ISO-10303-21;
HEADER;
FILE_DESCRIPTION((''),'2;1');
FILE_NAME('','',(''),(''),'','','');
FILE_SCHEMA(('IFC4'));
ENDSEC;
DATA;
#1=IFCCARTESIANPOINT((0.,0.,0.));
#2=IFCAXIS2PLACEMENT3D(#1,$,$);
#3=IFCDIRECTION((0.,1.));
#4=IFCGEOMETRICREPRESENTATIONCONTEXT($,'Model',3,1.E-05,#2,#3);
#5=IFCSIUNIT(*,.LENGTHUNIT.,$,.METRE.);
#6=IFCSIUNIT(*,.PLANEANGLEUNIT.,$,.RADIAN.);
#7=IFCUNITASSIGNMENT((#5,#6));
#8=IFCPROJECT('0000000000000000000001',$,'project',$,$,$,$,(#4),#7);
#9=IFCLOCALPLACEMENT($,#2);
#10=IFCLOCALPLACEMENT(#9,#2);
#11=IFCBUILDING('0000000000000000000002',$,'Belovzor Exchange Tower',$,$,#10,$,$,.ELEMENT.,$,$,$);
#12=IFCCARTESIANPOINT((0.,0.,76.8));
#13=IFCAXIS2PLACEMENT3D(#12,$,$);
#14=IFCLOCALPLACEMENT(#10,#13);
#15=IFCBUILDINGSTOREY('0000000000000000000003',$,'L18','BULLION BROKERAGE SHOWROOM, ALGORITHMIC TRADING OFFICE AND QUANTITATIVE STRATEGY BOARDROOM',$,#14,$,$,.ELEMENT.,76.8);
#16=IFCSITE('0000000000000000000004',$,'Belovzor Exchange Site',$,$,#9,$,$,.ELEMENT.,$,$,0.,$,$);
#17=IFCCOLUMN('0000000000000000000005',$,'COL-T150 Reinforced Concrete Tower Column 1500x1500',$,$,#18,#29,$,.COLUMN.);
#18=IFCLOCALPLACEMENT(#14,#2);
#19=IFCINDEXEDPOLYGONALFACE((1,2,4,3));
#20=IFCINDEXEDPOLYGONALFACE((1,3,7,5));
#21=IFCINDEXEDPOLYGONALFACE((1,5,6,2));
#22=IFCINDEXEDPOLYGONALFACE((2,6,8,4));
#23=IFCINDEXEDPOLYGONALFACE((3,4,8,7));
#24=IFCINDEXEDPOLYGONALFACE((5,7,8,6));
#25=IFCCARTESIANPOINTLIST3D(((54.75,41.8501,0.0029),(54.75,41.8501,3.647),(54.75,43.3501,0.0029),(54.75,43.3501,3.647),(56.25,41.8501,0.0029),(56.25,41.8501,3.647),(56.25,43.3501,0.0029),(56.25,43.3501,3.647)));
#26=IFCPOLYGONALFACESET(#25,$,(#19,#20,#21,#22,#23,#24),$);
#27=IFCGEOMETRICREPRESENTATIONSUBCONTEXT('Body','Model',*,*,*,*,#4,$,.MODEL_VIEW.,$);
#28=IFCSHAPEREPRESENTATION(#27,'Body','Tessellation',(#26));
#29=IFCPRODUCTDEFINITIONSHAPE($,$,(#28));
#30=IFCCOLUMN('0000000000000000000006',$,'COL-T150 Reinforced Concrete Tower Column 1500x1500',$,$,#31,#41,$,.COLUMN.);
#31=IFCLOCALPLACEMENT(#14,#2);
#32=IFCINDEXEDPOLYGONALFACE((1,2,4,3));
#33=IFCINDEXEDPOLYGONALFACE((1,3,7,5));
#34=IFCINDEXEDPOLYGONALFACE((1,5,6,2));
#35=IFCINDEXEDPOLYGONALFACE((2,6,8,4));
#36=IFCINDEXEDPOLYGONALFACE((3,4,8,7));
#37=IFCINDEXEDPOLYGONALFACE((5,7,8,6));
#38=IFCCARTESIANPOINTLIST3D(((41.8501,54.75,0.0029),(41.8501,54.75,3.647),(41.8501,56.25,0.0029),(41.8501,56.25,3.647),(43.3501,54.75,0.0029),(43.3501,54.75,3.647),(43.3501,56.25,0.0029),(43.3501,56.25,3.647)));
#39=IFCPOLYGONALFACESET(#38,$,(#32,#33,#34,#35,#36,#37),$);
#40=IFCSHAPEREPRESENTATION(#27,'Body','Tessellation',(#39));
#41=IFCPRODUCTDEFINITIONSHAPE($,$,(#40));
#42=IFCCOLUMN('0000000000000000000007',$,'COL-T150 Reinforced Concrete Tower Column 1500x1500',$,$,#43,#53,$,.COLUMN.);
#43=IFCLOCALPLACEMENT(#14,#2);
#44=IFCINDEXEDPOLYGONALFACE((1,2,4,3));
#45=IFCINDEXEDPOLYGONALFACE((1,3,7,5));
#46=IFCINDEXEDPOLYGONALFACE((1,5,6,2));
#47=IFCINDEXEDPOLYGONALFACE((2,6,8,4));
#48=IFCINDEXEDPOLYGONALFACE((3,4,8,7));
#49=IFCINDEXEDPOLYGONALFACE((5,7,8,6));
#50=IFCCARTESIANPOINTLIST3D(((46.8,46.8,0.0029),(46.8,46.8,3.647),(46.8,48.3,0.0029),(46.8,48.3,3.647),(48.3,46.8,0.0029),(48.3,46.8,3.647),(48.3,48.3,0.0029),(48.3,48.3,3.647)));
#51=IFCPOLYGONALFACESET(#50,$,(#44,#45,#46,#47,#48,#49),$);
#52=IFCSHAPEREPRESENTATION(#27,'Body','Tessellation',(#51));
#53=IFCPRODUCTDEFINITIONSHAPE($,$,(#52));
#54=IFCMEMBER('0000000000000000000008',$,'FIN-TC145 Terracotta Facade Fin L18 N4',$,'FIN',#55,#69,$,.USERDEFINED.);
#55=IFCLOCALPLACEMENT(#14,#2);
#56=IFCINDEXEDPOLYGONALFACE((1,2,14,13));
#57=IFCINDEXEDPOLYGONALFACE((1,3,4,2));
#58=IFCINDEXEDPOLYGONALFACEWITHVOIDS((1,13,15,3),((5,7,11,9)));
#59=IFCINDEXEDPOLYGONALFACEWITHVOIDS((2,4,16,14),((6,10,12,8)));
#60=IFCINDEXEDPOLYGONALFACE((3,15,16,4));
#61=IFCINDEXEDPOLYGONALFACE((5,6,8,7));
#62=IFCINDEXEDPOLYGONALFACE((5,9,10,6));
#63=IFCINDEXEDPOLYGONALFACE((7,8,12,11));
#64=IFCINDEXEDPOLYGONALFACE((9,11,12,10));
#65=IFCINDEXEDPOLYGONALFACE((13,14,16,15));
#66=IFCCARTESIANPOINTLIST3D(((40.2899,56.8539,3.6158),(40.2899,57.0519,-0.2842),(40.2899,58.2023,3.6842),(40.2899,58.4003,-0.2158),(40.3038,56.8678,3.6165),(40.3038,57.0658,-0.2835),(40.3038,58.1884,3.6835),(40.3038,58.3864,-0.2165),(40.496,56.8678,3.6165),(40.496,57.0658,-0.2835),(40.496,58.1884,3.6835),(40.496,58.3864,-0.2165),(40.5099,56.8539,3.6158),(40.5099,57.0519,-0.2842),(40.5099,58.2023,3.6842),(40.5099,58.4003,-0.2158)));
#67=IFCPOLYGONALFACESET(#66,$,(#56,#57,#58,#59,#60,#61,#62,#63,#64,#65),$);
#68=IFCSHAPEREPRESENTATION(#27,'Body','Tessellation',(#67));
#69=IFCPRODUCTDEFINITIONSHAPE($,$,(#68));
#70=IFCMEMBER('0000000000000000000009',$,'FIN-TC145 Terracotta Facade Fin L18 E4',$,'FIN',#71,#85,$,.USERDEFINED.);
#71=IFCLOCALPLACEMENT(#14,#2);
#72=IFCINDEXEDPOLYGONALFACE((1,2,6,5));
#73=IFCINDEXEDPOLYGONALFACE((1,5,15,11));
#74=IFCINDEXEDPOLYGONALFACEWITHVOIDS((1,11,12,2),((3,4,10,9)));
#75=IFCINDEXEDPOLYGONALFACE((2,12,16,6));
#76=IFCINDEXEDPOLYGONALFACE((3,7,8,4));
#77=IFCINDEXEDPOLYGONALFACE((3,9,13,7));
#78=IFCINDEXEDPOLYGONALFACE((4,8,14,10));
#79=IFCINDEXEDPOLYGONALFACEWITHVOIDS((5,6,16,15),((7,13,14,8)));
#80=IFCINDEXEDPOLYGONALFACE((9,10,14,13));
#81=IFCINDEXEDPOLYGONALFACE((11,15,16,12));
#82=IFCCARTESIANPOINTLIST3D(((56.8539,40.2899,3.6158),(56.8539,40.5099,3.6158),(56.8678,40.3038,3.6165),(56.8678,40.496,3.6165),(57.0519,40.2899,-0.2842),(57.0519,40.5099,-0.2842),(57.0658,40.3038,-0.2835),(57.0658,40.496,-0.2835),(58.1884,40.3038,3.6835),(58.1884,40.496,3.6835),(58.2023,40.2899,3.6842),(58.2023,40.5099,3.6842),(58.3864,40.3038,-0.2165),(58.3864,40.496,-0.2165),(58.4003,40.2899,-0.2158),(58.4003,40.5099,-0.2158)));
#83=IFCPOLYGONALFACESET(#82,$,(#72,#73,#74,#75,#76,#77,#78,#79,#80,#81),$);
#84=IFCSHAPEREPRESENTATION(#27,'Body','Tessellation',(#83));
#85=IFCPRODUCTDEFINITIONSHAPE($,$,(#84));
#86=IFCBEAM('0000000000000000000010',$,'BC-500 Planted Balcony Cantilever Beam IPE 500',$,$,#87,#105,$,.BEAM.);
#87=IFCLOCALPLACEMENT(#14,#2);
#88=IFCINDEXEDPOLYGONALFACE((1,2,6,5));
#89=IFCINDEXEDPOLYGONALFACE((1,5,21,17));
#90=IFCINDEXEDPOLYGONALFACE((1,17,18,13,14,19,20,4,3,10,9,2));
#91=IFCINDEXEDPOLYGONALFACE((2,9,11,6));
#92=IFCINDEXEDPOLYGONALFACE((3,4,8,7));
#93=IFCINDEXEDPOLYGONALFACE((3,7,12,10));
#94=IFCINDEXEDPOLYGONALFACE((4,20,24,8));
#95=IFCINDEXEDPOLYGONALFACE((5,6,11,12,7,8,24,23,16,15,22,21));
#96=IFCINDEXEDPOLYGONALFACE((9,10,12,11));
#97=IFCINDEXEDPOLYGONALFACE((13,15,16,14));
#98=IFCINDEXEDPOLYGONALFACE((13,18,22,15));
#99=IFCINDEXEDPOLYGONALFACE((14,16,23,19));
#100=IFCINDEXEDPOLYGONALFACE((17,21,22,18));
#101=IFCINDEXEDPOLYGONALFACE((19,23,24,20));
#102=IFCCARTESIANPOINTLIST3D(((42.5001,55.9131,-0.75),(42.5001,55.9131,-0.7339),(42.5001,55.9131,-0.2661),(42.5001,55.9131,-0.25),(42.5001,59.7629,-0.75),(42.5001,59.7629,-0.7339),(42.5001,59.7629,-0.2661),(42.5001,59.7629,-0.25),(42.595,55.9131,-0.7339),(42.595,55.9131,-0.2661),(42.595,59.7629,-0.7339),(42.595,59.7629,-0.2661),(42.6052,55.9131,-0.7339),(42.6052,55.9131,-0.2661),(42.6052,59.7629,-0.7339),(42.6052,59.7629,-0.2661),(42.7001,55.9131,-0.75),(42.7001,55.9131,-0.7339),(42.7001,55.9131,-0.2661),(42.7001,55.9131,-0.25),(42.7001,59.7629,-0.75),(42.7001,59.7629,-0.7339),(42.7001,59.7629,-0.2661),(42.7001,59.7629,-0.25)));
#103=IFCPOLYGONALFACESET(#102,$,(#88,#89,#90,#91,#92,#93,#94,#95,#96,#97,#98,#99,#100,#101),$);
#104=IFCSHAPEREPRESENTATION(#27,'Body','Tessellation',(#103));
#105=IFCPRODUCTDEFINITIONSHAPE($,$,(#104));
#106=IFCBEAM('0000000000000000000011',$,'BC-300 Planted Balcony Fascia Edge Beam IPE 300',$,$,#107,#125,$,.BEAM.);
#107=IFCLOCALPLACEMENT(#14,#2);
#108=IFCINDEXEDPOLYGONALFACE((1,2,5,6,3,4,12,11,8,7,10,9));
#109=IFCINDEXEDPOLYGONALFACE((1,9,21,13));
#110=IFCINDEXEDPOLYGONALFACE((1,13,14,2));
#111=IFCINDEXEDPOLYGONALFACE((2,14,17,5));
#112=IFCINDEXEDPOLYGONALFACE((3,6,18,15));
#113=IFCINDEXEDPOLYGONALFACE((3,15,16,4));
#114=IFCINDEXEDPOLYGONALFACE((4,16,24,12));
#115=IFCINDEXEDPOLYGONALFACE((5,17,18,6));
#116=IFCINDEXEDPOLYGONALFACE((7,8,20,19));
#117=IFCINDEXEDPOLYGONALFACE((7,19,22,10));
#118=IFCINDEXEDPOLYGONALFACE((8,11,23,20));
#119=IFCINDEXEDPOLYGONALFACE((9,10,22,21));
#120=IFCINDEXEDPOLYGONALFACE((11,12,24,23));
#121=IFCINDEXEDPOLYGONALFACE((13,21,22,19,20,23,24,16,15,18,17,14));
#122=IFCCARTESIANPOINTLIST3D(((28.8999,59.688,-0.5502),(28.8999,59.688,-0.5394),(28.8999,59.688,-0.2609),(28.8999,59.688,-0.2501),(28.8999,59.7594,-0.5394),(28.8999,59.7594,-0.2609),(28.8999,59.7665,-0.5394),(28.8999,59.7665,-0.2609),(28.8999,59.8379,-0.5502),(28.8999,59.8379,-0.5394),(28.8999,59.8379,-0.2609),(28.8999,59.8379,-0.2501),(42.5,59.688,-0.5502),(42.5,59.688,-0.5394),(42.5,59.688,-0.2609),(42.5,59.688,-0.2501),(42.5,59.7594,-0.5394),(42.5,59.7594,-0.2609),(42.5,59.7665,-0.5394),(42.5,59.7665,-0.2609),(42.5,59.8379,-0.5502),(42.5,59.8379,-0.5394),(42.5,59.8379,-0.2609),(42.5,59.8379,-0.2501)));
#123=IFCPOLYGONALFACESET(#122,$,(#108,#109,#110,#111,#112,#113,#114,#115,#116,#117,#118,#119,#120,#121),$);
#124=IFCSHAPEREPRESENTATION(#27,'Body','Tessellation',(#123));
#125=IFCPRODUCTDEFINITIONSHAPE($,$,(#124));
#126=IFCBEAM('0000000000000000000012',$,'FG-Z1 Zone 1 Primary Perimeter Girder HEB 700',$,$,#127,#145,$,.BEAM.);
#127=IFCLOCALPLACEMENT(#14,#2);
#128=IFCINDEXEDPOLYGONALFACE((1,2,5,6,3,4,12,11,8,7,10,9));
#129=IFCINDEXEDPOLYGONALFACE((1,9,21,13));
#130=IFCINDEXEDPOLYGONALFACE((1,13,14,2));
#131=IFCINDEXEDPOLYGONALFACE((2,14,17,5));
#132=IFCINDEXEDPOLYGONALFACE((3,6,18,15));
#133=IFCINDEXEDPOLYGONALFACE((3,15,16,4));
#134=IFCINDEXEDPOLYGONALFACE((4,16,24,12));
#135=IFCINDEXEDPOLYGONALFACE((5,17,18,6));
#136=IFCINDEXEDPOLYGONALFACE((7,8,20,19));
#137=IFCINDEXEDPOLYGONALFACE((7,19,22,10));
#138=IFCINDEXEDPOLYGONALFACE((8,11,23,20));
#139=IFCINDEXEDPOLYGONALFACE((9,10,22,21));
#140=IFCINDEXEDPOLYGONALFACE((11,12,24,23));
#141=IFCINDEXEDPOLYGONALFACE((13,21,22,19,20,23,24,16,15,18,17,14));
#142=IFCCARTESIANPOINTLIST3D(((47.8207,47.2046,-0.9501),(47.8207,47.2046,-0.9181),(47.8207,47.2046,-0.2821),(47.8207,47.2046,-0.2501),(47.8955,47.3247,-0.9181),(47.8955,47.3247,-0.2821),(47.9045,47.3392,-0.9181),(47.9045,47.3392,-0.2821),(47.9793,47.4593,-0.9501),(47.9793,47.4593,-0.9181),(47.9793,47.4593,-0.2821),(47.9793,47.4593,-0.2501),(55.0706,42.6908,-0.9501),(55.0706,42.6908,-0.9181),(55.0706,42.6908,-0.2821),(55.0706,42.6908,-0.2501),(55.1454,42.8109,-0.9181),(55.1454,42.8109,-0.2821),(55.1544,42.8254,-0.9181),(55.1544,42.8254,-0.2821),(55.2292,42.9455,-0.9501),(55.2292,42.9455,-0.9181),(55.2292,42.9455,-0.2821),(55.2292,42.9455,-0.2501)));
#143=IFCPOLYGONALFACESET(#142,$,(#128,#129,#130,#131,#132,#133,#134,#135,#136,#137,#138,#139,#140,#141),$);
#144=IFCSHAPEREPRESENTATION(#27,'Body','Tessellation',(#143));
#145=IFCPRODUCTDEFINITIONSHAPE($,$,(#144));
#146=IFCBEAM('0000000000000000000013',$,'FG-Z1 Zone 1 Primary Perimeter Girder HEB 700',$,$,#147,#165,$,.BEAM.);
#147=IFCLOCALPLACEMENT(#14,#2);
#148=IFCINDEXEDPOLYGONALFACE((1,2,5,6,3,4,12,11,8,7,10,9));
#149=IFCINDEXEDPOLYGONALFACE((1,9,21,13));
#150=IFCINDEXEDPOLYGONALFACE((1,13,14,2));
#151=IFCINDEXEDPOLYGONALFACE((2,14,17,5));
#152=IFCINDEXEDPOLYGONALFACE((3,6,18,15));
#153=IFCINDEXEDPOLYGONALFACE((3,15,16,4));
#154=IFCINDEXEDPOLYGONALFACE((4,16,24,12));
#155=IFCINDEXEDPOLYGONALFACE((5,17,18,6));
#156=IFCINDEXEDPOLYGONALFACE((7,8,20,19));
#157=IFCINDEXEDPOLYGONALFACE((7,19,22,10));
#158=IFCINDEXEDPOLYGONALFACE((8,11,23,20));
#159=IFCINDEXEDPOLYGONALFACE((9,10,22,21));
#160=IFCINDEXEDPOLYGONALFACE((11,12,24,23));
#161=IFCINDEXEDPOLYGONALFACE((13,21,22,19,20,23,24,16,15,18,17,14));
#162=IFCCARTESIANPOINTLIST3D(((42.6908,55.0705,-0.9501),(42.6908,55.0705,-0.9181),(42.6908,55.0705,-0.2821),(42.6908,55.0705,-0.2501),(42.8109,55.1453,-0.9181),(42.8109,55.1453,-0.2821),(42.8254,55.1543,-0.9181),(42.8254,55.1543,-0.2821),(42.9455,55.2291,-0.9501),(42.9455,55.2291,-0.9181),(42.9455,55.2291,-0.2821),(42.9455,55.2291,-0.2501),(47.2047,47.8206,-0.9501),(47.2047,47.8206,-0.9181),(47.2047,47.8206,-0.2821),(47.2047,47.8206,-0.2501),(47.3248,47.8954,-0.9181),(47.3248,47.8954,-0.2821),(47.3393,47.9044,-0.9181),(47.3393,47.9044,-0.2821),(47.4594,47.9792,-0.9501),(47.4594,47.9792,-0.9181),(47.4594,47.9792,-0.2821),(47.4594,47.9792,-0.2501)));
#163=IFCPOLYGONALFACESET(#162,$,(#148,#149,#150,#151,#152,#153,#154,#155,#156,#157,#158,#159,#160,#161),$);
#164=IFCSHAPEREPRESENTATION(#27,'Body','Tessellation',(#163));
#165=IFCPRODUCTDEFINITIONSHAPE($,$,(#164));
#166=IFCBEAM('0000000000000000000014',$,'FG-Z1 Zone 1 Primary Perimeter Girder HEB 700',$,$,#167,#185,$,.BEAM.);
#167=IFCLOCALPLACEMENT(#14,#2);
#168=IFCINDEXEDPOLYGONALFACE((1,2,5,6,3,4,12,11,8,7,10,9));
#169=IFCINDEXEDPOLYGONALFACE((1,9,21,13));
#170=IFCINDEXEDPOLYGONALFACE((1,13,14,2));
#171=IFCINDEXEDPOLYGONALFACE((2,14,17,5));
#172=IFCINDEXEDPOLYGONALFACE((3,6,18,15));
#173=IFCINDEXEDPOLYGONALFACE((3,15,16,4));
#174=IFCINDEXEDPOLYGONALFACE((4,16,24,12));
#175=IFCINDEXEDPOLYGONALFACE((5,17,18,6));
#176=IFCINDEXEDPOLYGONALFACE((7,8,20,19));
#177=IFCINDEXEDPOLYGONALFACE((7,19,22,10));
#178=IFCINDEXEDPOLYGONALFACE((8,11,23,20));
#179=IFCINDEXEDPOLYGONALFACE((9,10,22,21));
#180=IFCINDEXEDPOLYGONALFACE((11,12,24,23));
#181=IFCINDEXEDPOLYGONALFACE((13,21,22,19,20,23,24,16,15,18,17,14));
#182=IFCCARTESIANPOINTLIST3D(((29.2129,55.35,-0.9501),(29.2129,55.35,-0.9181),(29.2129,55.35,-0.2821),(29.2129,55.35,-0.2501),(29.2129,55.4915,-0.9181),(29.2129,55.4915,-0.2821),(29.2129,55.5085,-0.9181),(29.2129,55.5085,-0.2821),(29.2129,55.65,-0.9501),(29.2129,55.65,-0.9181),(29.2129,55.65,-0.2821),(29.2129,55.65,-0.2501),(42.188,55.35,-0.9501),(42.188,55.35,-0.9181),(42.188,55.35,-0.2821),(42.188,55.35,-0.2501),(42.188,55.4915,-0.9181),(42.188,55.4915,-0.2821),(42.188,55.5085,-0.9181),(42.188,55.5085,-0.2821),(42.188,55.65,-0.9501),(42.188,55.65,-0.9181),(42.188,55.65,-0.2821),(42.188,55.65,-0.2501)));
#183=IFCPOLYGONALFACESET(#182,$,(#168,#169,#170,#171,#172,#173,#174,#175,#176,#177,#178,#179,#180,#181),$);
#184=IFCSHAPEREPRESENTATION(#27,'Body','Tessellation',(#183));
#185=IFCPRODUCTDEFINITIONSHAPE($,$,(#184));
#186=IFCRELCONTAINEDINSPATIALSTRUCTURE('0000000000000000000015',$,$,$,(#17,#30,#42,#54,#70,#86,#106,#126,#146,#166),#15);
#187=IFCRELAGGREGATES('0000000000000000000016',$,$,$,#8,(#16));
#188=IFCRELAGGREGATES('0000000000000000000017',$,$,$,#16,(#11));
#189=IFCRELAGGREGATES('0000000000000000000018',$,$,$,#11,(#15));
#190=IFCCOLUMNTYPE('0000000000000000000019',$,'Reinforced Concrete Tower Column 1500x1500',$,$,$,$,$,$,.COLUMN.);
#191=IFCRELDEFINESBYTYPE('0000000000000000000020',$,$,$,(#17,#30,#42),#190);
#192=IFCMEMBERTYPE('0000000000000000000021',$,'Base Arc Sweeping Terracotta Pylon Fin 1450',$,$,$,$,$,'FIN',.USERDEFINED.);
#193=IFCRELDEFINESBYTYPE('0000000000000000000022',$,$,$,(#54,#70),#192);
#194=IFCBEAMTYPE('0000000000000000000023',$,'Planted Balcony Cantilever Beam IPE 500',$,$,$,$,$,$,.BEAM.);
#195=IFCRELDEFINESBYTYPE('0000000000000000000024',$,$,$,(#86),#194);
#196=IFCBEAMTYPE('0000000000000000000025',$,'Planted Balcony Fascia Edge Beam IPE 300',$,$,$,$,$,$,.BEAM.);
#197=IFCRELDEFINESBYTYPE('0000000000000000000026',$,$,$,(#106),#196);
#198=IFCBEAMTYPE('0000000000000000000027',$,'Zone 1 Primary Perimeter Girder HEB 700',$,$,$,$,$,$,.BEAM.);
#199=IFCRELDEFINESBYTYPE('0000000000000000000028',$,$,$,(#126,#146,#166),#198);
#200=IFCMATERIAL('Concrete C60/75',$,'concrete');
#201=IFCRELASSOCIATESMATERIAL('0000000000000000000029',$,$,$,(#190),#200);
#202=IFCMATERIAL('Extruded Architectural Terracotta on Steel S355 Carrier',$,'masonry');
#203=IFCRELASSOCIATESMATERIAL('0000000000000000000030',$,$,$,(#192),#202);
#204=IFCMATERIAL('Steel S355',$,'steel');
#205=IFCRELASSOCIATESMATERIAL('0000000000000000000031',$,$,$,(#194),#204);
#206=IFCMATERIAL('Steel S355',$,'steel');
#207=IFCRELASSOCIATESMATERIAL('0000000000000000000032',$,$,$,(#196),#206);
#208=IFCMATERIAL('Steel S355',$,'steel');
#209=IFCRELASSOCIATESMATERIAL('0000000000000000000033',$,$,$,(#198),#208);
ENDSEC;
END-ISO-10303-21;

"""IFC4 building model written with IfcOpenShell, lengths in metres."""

from ifc_helpers import new_model, si_unit, direction, frame, origin, origin_2d, place, context, subcontext, project, spatial, rectangle, hollow_rectangle, i_section, extrude, material, material_profile, profile_set, type_object, element, save


model = new_model("IFC4")

# Units and contexts
model_context = context("Model", 3, precision=1e-05, world=origin(), true_north=direction((0.0, 1.0)))
body_context = subcontext(model_context, "Body", "Model", "MODEL_VIEW")
ifc_project = project(units=[si_unit("LENGTHUNIT", "METRE"), si_unit("PLANEANGLEUNIT", "RADIAN")], contexts=[model_context])

# Site, building, storey
site_placement = place(None, origin())
site = spatial("IfcSite", under=ifc_project, at=site_placement, Name="Belovzor Exchange Site", CompositionType="ELEMENT", RefElevation=0.0)
building_placement = place(site_placement, origin())
building = spatial("IfcBuilding", under=site, at=building_placement, Name="Belovzor Exchange Tower", CompositionType="ELEMENT")
storey_placement = place(building_placement, frame((0.0, 0.0, 76.8)))
storey = spatial("IfcBuildingStorey", under=building, at=storey_placement, Name="L18", Description="BULLION BROKERAGE SHOWROOM, ALGORITHMIC TRADING OFFICE AND QUANTITATIVE STRATEGY BOARDROOM", CompositionType="ELEMENT", Elevation=76.8)

# Columns
ifc_material_1 = material(Name="Concrete C60/75", Category="concrete")
ifc_material_profile_1 = material_profile(ifc_material_1, rectangle(XDim=1.5, YDim=1.5, at=origin_2d()))
ifc_profile_set_1 = profile_set([ifc_material_profile_1], Name="Concrete C60/75")
column_type = type_object("IfcColumnType", Name="Reinforced Concrete Tower Column 1500x1500", PredefinedType="COLUMN", material=ifc_profile_set_1)
for number, where, z_axis, x_axis, name in (
    (1, (55.5, 42.6001, 0.0029), (0.0, 0.0, 1.0), (1.0, 0.0, 0.0), "COL-T150 Reinforced Concrete Tower Column 1500x1500"),
    (2, (42.6001, 55.5, 0.0029), (0.0, 0.0, 1.0), (1.0, 0.0, 0.0), "COL-T150 Reinforced Concrete Tower Column 1500x1500"),
    (3, (47.55, 47.55, 0.0029), (0.0, 0.0, 1.0), (1.0, 0.0, 0.0), "COL-T150 Reinforced Concrete Tower Column 1500x1500"),
):
    element("IfcColumn", number, at=place(storey_placement, frame(where, z_axis=z_axis, x_axis=x_axis)), inside=storey, type_object=column_type, Name=name, PredefinedType="COLUMN", context=body_context, shape_type="SweptSolid", body=[
        extrude(rectangle(XDim=1.5, YDim=1.5, at=origin_2d()), origin(), (0.0, 0.0, 1.0), 3.644),
    ])

# Members
ifc_material_2 = material(Name="Extruded Architectural Terracotta on Steel S355 Carrier", Category="masonry")
ifc_material_profile_2 = material_profile(ifc_material_2, hollow_rectangle(XDim=0.22, YDim=1.3501, WallThickness=0.0139, at=origin_2d()))
ifc_profile_set_2 = profile_set([ifc_material_profile_2], Name="Extruded Architectural Terracotta on Steel S355 Carrier")
member_type = type_object("IfcMemberType", Name="Base Arc Sweeping Terracotta Pylon Fin 1450", ElementType="FIN", PredefinedType="USERDEFINED", material=ifc_profile_set_2)
for number, where, z_axis, x_axis, name in (
    (4, (40.3999, 57.7261, -0.25), (0.0, -0.050705, 0.998714), (1.0, 0.0, 0.0), "FIN-TC145 Terracotta Facade Fin L18 N4"),
    (5, (57.7261, 40.3999, -0.25), (-0.050705, 0.0, 0.998714), (0.0, -1.0, 0.0), "FIN-TC145 Terracotta Facade Fin L18 E4"),
):
    element("IfcMember", number, at=place(storey_placement, frame(where, z_axis=z_axis, x_axis=x_axis)), inside=storey, type_object=member_type, Name=name, ObjectType="FIN", PredefinedType="USERDEFINED", context=body_context, shape_type="SweptSolid", body=[
        extrude(hollow_rectangle(XDim=0.22, YDim=1.3501, WallThickness=0.0139, at=origin_2d()), origin(), (0.0, 0.0, 1.0), 3.905),
    ])

# Beams
ifc_material_3 = material(Name="Steel S355", Category="steel")
ifc_material_profile_3 = material_profile(ifc_material_3, i_section(OverallWidth=0.2, OverallDepth=0.5, WebThickness=0.0103, FlangeThickness=0.0161, at=origin_2d()))
ifc_profile_set_3 = profile_set([ifc_material_profile_3], Name="Steel S355")
beam_type_1 = type_object("IfcBeamType", Name="Planted Balcony Cantilever Beam IPE 500", PredefinedType="BEAM", material=ifc_profile_set_3)
beam_1_placement = place(storey_placement, frame((42.6001, 55.9131, -0.5), z_axis=(0.0, 1.0, 0.0), x_axis=(-1.0, 0.0, 0.0)))
element("IfcBeam", 6, at=beam_1_placement, inside=storey, type_object=beam_type_1, Name="BC-500 Planted Balcony Cantilever Beam IPE 500", PredefinedType="BEAM", context=body_context, shape_type="SweptSolid", body=[
    extrude(i_section(OverallWidth=0.2, OverallDepth=0.5, WebThickness=0.0103, FlangeThickness=0.0161, at=origin_2d()), origin(), (0.0, 0.0, 1.0), 3.8499),
])
ifc_material_4 = material(Name="Steel S355", Category="steel")
ifc_material_profile_4 = material_profile(ifc_material_4, i_section(OverallWidth=0.1499, OverallDepth=0.3, WebThickness=0.0071, FlangeThickness=0.0107, at=origin_2d()))
ifc_profile_set_4 = profile_set([ifc_material_profile_4], Name="Steel S355")
beam_type_2 = type_object("IfcBeamType", Name="Planted Balcony Fascia Edge Beam IPE 300", PredefinedType="BEAM", material=ifc_profile_set_4)
beam_2_placement = place(storey_placement, frame((42.5, 59.7629, -0.4001), z_axis=(-1.0, 0.0, 0.0), x_axis=(0.0, -1.0, 0.0)))
element("IfcBeam", 7, at=beam_2_placement, inside=storey, type_object=beam_type_2, Name="BC-300 Planted Balcony Fascia Edge Beam IPE 300", PredefinedType="BEAM", context=body_context, shape_type="SweptSolid", body=[
    extrude(i_section(OverallWidth=0.1499, OverallDepth=0.3, WebThickness=0.0071, FlangeThickness=0.0107, at=origin_2d()), origin(), (0.0, 0.0, 1.0), 13.6001),
])
ifc_material_5 = material(Name="Steel S355", Category="steel")
ifc_material_profile_5 = material_profile(ifc_material_5, i_section(OverallWidth=0.3, OverallDepth=0.7, WebThickness=0.0171, FlangeThickness=0.032, at=origin_2d()))
ifc_profile_set_5 = profile_set([ifc_material_profile_5], Name="Steel S355")
beam_type_3 = type_object("IfcBeamType", Name="Zone 1 Primary Perimeter Girder HEB 700", PredefinedType="BEAM", material=ifc_profile_set_5)
for number, where, z_axis, x_axis, name in (
    (8, (55.1499, 42.8181, -0.6001), (-0.848909, 0.528539, 0.0), (-0.528539, -0.848909, 0.0), "FG-Z1 Zone 1 Primary Perimeter Girder HEB 700"),
    (9, (47.332, 47.8999, -0.6001), (-0.528539, 0.848909, 0.0), (-0.848909, -0.528539, 0.0), "FG-Z1 Zone 1 Primary Perimeter Girder HEB 700"),
):
    element("IfcBeam", number, at=place(storey_placement, frame(where, z_axis=z_axis, x_axis=x_axis)), inside=storey, type_object=beam_type_3, Name=name, PredefinedType="BEAM", context=body_context, shape_type="SweptSolid", body=[
        extrude(i_section(OverallWidth=0.3, OverallDepth=0.7, WebThickness=0.0171, FlangeThickness=0.032, at=origin_2d()), origin(), (0.0, 0.0, 1.0), 8.5403),
    ])
beam_3_placement = place(storey_placement, frame((42.188, 55.5, -0.6001), z_axis=(-1.0, 0.0, 0.0), x_axis=(0.0, -1.0, 0.0)))
element("IfcBeam", 10, at=beam_3_placement, inside=storey, type_object=beam_type_3, Name="FG-Z1 Zone 1 Primary Perimeter Girder HEB 700", PredefinedType="BEAM", context=body_context, shape_type="SweptSolid", body=[
    extrude(i_section(OverallWidth=0.3, OverallDepth=0.7, WebThickness=0.0171, FlangeThickness=0.032, at=origin_2d()), origin(), (0.0, 0.0, 1.0), 12.9751),
])

save(model, "model.ifc")
